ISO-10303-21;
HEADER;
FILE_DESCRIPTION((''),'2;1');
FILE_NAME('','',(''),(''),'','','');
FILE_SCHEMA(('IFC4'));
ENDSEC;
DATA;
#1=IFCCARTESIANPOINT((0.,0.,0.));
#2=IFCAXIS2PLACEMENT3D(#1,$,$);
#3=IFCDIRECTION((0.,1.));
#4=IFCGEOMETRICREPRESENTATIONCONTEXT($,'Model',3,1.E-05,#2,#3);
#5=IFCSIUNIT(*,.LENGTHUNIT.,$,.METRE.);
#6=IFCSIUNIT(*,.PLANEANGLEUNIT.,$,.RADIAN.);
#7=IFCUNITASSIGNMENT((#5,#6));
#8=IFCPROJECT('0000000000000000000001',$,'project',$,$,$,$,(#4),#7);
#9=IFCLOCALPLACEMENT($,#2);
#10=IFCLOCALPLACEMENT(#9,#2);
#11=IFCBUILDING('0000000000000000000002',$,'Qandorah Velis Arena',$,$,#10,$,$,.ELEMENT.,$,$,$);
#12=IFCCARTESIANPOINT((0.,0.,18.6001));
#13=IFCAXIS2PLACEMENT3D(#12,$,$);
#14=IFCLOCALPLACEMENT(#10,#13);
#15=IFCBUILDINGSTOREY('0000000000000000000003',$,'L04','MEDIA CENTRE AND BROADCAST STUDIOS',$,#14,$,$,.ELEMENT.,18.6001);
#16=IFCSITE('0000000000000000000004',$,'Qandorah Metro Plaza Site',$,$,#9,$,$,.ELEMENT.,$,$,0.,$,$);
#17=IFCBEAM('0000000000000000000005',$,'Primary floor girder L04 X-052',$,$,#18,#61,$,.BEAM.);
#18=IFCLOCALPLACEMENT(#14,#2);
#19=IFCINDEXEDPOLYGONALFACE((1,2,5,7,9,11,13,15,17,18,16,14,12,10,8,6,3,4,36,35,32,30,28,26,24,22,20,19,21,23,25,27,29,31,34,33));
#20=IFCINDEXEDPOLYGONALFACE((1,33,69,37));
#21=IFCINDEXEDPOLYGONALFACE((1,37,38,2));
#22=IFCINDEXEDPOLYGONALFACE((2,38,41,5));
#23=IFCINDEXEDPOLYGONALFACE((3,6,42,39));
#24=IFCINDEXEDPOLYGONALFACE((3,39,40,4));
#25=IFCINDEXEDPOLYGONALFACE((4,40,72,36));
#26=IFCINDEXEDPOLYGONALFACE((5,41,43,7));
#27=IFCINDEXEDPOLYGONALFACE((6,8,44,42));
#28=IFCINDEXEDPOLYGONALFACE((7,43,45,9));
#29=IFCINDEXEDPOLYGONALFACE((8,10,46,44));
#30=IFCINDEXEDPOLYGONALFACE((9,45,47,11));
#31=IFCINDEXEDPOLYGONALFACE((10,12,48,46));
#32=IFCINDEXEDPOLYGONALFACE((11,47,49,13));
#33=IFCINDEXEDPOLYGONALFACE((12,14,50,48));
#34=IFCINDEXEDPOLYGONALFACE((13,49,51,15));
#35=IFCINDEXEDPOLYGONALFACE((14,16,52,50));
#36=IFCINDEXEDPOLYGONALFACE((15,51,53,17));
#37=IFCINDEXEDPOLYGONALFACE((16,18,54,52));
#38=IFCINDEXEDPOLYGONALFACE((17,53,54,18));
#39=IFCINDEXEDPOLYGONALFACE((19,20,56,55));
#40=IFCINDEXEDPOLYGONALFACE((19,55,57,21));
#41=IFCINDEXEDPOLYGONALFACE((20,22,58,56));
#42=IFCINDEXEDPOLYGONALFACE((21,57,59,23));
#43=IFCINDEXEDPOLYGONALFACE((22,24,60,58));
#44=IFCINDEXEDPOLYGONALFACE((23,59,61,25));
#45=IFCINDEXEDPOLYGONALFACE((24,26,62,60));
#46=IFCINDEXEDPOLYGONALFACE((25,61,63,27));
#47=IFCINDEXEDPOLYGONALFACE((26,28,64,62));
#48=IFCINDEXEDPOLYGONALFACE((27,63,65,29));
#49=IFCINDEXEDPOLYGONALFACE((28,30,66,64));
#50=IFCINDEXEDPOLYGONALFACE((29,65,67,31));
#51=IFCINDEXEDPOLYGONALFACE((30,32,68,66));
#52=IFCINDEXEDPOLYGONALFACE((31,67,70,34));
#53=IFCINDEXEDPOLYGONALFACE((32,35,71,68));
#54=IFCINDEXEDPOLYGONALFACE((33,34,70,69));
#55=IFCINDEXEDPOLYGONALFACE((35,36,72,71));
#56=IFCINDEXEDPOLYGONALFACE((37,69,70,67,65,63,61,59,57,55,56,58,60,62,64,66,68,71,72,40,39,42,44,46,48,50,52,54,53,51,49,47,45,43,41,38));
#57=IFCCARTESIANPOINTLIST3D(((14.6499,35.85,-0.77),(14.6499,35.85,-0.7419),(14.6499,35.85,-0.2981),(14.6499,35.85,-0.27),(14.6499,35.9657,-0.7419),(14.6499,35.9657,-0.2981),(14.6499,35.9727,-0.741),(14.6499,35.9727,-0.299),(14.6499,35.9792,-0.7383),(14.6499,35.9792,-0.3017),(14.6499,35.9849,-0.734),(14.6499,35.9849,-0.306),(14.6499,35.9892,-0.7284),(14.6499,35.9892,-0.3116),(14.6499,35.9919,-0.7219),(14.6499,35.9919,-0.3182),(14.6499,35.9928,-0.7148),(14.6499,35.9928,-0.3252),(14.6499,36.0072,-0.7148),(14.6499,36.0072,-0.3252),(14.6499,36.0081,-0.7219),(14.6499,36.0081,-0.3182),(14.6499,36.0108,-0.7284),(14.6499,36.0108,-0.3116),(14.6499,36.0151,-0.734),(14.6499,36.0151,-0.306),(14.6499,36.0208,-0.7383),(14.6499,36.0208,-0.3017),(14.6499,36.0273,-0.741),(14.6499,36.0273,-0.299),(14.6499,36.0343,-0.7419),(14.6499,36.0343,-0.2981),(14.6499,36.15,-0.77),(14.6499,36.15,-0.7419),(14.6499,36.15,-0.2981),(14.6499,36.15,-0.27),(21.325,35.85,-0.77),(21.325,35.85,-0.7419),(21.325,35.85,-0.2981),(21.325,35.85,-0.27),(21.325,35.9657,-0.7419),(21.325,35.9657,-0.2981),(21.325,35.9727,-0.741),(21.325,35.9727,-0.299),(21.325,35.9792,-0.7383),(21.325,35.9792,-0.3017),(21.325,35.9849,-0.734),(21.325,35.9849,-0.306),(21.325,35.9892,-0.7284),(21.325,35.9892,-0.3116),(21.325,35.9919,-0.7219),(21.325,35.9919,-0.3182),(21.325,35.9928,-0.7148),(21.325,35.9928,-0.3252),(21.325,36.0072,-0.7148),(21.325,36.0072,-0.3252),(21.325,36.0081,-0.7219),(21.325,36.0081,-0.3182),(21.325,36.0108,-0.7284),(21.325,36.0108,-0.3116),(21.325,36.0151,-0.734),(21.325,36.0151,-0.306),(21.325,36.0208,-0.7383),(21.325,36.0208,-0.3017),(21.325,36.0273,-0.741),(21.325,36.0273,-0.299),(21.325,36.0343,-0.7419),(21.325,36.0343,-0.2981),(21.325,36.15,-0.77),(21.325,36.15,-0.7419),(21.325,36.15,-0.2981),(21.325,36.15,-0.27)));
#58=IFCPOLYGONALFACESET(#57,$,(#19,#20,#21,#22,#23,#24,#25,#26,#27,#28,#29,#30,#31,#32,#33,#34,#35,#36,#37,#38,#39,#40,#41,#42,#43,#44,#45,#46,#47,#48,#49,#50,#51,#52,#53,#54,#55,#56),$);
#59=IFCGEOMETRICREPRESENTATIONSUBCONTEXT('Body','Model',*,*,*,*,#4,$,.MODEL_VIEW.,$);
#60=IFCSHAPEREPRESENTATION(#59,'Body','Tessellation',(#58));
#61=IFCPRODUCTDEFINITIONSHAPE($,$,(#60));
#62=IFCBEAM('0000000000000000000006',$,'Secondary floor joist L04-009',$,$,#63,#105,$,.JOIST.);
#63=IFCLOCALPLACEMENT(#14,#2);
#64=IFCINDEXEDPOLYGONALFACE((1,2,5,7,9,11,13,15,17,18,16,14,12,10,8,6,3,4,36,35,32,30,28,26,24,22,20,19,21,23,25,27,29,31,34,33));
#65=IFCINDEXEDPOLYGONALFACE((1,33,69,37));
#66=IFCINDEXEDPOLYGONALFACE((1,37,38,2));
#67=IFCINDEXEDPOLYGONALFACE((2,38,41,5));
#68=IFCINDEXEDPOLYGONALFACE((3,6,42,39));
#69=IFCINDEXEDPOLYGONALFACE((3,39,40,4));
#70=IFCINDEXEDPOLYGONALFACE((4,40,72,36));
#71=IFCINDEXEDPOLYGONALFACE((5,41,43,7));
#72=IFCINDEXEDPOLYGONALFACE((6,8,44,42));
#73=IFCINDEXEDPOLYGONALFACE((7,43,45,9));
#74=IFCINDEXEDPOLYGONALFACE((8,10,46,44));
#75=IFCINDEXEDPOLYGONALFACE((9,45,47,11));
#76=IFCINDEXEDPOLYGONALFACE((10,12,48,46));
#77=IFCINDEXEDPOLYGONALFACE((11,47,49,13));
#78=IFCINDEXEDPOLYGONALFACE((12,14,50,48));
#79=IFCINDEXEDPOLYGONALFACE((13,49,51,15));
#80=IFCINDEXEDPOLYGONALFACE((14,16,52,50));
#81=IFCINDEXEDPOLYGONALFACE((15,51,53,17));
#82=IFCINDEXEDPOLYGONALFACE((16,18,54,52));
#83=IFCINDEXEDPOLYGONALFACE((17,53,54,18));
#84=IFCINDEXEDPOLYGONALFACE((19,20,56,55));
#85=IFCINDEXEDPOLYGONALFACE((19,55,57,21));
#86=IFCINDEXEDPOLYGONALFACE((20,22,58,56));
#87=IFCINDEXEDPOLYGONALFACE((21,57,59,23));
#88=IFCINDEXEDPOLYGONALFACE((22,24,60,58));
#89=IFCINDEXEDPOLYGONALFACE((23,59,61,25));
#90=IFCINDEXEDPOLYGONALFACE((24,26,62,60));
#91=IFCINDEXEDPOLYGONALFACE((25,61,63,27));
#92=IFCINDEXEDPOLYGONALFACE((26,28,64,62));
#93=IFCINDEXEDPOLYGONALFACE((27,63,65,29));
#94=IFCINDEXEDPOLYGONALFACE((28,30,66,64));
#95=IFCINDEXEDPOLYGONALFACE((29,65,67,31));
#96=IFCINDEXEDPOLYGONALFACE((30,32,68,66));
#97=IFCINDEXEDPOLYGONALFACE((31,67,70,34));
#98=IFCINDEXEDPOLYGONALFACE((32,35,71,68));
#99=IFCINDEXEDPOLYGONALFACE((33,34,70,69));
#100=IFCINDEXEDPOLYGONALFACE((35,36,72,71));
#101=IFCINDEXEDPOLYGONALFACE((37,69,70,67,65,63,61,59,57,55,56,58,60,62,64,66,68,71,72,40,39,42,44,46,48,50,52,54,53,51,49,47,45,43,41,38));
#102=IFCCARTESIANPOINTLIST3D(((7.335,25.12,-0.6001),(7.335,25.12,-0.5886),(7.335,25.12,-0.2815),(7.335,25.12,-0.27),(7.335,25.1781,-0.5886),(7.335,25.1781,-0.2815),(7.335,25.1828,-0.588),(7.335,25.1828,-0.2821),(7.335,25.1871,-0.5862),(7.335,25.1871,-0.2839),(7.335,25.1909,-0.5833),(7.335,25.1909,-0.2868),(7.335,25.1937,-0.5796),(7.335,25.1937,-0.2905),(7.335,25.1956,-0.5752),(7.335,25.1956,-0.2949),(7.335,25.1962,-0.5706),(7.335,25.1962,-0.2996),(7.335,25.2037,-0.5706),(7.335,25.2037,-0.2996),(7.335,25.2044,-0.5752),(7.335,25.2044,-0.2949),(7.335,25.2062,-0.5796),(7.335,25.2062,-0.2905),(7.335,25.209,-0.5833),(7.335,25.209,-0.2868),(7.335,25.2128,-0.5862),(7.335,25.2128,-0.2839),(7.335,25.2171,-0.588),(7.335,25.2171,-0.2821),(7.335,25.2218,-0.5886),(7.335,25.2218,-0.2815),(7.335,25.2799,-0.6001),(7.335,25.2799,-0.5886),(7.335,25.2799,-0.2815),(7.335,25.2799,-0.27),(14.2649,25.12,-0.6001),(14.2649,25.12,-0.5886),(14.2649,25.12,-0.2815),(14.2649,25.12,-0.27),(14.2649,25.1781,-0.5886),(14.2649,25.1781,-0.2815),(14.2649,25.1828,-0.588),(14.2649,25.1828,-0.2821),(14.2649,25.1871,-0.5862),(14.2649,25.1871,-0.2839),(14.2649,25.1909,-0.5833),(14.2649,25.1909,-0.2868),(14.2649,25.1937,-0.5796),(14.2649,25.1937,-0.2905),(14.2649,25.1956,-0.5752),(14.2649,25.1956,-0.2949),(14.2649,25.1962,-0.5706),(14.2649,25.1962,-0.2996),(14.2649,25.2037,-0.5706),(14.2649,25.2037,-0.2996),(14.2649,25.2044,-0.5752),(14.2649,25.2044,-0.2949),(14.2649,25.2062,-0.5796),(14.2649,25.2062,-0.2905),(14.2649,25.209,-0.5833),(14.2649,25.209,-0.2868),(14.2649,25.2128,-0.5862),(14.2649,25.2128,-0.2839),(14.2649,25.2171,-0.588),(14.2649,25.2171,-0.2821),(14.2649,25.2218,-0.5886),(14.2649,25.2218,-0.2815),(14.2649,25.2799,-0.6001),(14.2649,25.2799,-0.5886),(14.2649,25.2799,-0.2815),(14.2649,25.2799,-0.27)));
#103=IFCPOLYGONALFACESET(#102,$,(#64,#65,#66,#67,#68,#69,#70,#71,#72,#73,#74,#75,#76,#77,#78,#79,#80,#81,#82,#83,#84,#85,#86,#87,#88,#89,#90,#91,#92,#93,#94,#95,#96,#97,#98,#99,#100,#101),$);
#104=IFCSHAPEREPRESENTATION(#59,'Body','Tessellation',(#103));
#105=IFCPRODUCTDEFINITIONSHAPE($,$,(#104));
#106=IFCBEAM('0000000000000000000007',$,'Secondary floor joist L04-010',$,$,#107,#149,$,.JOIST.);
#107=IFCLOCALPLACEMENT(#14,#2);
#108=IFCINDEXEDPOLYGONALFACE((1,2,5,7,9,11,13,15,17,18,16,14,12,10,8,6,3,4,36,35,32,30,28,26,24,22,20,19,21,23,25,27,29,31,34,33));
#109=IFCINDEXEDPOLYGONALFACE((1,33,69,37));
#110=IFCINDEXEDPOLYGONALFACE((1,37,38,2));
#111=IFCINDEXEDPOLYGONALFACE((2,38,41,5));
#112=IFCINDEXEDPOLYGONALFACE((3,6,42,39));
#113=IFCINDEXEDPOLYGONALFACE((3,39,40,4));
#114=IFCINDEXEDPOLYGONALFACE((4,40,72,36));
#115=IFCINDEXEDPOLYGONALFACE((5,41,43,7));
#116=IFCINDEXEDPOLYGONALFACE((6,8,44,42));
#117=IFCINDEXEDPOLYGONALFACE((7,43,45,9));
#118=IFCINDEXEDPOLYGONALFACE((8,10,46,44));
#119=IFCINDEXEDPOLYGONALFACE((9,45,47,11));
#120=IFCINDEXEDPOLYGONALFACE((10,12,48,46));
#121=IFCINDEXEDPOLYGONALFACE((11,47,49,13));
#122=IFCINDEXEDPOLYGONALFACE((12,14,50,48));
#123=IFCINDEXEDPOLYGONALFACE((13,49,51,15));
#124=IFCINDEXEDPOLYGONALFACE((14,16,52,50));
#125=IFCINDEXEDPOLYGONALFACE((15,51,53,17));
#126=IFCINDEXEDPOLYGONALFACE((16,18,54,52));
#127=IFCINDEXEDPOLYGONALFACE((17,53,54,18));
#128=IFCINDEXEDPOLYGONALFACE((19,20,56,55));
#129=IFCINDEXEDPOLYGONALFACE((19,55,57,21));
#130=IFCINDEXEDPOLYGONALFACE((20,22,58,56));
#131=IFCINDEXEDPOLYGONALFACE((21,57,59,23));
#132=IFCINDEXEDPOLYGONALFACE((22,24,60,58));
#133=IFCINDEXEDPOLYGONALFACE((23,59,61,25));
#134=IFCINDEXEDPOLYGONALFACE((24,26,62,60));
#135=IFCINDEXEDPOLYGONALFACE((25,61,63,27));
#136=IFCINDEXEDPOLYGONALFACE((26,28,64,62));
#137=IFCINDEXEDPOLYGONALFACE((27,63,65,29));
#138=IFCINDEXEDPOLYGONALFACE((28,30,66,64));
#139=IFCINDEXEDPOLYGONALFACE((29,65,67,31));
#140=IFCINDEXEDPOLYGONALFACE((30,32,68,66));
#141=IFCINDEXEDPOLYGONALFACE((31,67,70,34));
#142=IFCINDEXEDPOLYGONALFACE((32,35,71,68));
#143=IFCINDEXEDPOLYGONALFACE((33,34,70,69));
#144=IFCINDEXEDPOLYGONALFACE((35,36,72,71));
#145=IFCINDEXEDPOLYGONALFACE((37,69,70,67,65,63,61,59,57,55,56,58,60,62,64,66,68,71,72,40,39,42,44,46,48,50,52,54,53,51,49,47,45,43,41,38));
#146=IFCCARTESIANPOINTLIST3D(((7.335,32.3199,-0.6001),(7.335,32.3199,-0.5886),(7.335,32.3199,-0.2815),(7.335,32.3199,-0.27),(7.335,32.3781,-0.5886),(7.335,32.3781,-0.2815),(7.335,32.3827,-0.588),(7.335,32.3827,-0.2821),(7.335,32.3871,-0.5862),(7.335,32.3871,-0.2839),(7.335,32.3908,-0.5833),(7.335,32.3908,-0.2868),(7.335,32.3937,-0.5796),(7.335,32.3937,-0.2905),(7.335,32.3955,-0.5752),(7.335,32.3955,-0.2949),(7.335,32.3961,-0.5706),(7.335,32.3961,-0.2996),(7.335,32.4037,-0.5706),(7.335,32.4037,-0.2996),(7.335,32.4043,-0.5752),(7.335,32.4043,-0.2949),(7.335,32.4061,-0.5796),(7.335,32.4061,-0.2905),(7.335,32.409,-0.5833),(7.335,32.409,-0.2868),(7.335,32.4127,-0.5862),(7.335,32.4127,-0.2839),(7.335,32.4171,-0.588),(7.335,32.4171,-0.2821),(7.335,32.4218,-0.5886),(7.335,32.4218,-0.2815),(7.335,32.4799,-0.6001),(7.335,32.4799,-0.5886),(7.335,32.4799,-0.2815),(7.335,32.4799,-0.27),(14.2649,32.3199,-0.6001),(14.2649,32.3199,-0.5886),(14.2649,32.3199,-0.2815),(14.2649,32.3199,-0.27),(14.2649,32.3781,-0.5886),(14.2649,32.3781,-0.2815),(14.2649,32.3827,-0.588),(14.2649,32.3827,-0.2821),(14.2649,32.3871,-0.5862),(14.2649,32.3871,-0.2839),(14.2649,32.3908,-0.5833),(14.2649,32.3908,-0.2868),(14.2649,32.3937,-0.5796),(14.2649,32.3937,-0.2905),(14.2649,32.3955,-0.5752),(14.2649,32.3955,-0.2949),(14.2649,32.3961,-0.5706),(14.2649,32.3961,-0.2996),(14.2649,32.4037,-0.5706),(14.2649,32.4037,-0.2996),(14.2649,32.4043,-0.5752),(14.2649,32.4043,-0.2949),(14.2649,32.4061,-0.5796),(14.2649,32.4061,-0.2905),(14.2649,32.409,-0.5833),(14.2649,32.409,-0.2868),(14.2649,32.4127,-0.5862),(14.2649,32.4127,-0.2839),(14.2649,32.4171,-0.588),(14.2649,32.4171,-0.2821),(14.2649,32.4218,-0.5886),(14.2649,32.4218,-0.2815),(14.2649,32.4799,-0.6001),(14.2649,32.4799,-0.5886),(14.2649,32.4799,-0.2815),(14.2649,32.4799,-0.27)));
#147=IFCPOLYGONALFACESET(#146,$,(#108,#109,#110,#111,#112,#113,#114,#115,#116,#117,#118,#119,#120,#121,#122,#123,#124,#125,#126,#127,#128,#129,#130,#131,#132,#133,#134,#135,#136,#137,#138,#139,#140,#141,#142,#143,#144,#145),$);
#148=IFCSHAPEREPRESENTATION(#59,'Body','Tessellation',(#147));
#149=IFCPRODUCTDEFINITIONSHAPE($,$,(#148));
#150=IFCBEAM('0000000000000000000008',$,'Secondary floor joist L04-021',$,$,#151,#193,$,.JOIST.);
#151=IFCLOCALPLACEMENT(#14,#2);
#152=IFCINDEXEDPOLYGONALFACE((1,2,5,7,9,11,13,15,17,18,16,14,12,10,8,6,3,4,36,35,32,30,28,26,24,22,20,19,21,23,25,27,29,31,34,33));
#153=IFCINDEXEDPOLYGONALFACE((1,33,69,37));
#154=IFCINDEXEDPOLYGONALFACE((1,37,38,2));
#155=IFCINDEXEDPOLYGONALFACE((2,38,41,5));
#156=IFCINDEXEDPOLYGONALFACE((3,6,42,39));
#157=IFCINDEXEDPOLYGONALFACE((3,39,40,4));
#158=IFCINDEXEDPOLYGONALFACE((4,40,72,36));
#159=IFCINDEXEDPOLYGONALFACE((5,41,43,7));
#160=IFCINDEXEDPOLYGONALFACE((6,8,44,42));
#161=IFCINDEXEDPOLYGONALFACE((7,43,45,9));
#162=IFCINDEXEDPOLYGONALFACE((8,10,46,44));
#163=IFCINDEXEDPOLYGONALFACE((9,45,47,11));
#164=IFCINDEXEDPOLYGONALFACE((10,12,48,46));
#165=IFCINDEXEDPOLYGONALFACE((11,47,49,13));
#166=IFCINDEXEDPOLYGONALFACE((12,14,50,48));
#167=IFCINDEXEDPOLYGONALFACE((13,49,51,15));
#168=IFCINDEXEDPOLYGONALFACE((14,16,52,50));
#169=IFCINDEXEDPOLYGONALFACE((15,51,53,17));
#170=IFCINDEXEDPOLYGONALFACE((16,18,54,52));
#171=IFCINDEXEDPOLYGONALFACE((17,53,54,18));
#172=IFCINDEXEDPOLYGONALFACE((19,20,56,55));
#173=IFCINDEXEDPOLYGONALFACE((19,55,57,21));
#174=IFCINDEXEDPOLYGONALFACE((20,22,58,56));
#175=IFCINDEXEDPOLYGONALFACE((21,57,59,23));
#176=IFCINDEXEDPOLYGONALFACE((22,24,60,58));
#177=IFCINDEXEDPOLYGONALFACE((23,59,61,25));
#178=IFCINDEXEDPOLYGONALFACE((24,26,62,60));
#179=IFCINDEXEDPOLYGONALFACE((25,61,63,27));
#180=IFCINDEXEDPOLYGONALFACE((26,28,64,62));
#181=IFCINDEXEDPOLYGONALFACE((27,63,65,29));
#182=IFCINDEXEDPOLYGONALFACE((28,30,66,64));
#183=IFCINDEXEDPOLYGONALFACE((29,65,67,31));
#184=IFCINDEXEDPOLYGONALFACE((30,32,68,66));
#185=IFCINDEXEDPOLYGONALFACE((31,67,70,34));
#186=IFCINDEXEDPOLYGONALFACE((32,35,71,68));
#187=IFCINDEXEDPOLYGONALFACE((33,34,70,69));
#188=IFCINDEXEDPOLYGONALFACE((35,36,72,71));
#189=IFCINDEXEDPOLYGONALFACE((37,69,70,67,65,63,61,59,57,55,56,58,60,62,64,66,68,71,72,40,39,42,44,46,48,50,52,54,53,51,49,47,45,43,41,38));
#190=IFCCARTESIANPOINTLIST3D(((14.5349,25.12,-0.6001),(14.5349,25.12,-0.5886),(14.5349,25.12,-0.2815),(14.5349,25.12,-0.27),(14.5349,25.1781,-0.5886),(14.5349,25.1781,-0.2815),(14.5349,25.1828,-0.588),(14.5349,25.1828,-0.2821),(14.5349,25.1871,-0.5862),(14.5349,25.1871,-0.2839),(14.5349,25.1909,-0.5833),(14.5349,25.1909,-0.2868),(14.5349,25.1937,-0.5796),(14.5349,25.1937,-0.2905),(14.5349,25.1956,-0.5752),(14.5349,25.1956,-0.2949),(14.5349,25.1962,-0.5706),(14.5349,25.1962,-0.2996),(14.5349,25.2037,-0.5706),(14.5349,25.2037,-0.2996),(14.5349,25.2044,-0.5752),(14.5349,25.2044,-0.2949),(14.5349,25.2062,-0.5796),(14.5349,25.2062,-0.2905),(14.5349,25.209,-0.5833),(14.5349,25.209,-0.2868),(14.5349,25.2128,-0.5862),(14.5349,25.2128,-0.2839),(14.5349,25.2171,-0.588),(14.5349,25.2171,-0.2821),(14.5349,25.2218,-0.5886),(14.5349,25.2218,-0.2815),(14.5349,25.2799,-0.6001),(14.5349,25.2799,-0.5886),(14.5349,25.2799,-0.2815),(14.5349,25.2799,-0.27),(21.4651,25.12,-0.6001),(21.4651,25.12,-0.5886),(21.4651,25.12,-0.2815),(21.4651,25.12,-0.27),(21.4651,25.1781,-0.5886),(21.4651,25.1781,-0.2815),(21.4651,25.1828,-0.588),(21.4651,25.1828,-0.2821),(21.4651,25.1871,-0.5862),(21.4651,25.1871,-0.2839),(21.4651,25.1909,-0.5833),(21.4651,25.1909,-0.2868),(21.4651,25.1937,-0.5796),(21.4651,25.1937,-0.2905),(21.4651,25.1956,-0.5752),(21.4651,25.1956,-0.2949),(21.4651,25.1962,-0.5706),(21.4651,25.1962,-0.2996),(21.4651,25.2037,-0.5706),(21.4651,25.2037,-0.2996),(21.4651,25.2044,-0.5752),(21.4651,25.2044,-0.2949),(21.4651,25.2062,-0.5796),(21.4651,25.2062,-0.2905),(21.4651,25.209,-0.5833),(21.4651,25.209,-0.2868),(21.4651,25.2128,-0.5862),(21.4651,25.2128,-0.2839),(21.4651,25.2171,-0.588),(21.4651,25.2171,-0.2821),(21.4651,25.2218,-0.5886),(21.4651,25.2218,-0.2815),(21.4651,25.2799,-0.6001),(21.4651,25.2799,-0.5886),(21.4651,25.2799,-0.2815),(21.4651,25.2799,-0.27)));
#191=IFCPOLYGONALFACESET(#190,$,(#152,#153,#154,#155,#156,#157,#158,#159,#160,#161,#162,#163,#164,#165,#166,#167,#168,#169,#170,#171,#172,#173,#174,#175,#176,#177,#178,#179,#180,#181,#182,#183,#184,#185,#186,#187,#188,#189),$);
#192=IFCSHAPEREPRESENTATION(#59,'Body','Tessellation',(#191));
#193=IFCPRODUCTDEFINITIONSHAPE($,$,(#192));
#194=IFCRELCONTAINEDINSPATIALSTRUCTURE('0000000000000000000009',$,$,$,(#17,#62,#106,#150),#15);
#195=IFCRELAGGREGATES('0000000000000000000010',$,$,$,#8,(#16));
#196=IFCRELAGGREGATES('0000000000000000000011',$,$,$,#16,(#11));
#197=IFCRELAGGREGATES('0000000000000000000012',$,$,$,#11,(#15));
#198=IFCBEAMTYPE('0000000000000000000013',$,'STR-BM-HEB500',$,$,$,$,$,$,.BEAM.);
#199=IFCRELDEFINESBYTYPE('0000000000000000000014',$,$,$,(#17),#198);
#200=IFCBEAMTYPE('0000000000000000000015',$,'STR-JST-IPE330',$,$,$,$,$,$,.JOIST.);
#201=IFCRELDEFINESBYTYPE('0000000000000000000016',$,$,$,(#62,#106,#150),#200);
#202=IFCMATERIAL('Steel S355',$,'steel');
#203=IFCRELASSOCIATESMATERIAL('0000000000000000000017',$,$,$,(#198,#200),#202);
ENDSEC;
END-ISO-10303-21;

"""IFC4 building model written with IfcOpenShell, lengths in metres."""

from ifc_helpers import new_model, si_unit, direction, frame, origin, origin_2d, place, context, subcontext, project, spatial, i_section, extrude, material, material_profile, profile_set, type_object, element, save


model = new_model("IFC4")

# Units and contexts
model_context = context("Model", 3, precision=1e-05, world=origin(), true_north=direction((0.0, 1.0)))
body_context = subcontext(model_context, "Body", "Model", "MODEL_VIEW")
ifc_project = project(units=[si_unit("LENGTHUNIT", "METRE"), si_unit("PLANEANGLEUNIT", "RADIAN")], contexts=[model_context])

# Site, building, storey
site_placement = place(None, origin())
site = spatial("IfcSite", under=ifc_project, at=site_placement, Name="Qandorah Metro Plaza Site", CompositionType="ELEMENT", RefElevation=0.0)
building_placement = place(site_placement, origin())
building = spatial("IfcBuilding", under=site, at=building_placement, Name="Qandorah Velis Arena", CompositionType="ELEMENT")
storey_placement = place(building_placement, frame((0.0, 0.0, 18.6001)))
storey = spatial("IfcBuildingStorey", under=building, at=storey_placement, Name="L04", Description="MEDIA CENTRE AND BROADCAST STUDIOS", CompositionType="ELEMENT", Elevation=18.6001)

# Shared definitions
ifc_material_1 = material(Name="Steel S355", Category="steel")

# Beams
ifc_material_profile_1 = material_profile(ifc_material_1, i_section(OverallWidth=0.3, OverallDepth=0.5, WebThickness=0.0144, FlangeThickness=0.0281, FilletRadius=0.0271, at=origin_2d()), Name="HEB 500")
ifc_profile_set_1 = profile_set([ifc_material_profile_1], Name="Steel S355")
beam_type_1 = type_object("IfcBeamType", Name="STR-BM-HEB500", PredefinedType="BEAM", material=ifc_profile_set_1)
beam_1_placement = place(storey_placement, frame((14.6499, 36.0, -0.52), z_axis=(1.0, 0.0, 0.0), x_axis=(0.0, 1.0, 0.0)))
element("IfcBeam", 1, at=beam_1_placement, inside=storey, type_object=beam_type_1, Name="Primary floor girder L04 X-052", PredefinedType="BEAM", context=body_context, shape_type="SweptSolid", body=[
    extrude(i_section(OverallWidth=0.3, OverallDepth=0.5, WebThickness=0.0144, FlangeThickness=0.0281, FilletRadius=0.0271, at=origin_2d()), origin(), (0.0, 0.0, 1.0), 6.675),
])
ifc_material_profile_2 = material_profile(ifc_material_1, i_section(OverallWidth=0.1599, OverallDepth=0.3301, WebThickness=0.0076, FlangeThickness=0.0115, FilletRadius=0.0181, at=origin_2d()), Name="IPE 330")
ifc_profile_set_2 = profile_set([ifc_material_profile_2], Name="Steel S355")
beam_type_2 = type_object("IfcBeamType", Name="STR-JST-IPE330", PredefinedType="JOIST", material=ifc_profile_set_2)
for number, where, z_axis, x_axis, name in (
    (2, (7.335, 25.2, -0.4351), (1.0, 0.0, 0.0), (0.0, 1.0, 0.0), "Secondary floor joist L04-009"),
    (3, (7.335, 32.3999, -0.4351), (1.0, 0.0, 0.0), (0.0, 1.0, 0.0), "Secondary floor joist L04-010"),
):
    element("IfcBeam", number, at=place(storey_placement, frame(where, z_axis=z_axis, x_axis=x_axis)), inside=storey, type_object=beam_type_2, Name=name, PredefinedType="JOIST", context=body_context, shape_type="SweptSolid", body=[
        extrude(i_section(OverallWidth=0.1599, OverallDepth=0.3301, WebThickness=0.0076, FlangeThickness=0.0115, FilletRadius=0.0181, at=origin_2d()), origin(), (0.0, 0.0, 1.0), 6.9299),
    ])
for number, where, z_axis, x_axis, name in (
    (4, (14.5349, 25.2, -0.4351), (1.0, 0.0, 0.0), (0.0, 1.0, 0.0), "Secondary floor joist L04-021"),
):
    element("IfcBeam", number, at=place(storey_placement, frame(where, z_axis=z_axis, x_axis=x_axis)), inside=storey, type_object=beam_type_2, Name=name, PredefinedType="JOIST", context=body_context, shape_type="SweptSolid", body=[
        extrude(i_section(OverallWidth=0.1599, OverallDepth=0.3301, WebThickness=0.0076, FlangeThickness=0.0115, FilletRadius=0.0181, at=origin_2d()), origin(), (0.0, 0.0, 1.0), 6.9302),
    ])

save(model, "model.ifc")
